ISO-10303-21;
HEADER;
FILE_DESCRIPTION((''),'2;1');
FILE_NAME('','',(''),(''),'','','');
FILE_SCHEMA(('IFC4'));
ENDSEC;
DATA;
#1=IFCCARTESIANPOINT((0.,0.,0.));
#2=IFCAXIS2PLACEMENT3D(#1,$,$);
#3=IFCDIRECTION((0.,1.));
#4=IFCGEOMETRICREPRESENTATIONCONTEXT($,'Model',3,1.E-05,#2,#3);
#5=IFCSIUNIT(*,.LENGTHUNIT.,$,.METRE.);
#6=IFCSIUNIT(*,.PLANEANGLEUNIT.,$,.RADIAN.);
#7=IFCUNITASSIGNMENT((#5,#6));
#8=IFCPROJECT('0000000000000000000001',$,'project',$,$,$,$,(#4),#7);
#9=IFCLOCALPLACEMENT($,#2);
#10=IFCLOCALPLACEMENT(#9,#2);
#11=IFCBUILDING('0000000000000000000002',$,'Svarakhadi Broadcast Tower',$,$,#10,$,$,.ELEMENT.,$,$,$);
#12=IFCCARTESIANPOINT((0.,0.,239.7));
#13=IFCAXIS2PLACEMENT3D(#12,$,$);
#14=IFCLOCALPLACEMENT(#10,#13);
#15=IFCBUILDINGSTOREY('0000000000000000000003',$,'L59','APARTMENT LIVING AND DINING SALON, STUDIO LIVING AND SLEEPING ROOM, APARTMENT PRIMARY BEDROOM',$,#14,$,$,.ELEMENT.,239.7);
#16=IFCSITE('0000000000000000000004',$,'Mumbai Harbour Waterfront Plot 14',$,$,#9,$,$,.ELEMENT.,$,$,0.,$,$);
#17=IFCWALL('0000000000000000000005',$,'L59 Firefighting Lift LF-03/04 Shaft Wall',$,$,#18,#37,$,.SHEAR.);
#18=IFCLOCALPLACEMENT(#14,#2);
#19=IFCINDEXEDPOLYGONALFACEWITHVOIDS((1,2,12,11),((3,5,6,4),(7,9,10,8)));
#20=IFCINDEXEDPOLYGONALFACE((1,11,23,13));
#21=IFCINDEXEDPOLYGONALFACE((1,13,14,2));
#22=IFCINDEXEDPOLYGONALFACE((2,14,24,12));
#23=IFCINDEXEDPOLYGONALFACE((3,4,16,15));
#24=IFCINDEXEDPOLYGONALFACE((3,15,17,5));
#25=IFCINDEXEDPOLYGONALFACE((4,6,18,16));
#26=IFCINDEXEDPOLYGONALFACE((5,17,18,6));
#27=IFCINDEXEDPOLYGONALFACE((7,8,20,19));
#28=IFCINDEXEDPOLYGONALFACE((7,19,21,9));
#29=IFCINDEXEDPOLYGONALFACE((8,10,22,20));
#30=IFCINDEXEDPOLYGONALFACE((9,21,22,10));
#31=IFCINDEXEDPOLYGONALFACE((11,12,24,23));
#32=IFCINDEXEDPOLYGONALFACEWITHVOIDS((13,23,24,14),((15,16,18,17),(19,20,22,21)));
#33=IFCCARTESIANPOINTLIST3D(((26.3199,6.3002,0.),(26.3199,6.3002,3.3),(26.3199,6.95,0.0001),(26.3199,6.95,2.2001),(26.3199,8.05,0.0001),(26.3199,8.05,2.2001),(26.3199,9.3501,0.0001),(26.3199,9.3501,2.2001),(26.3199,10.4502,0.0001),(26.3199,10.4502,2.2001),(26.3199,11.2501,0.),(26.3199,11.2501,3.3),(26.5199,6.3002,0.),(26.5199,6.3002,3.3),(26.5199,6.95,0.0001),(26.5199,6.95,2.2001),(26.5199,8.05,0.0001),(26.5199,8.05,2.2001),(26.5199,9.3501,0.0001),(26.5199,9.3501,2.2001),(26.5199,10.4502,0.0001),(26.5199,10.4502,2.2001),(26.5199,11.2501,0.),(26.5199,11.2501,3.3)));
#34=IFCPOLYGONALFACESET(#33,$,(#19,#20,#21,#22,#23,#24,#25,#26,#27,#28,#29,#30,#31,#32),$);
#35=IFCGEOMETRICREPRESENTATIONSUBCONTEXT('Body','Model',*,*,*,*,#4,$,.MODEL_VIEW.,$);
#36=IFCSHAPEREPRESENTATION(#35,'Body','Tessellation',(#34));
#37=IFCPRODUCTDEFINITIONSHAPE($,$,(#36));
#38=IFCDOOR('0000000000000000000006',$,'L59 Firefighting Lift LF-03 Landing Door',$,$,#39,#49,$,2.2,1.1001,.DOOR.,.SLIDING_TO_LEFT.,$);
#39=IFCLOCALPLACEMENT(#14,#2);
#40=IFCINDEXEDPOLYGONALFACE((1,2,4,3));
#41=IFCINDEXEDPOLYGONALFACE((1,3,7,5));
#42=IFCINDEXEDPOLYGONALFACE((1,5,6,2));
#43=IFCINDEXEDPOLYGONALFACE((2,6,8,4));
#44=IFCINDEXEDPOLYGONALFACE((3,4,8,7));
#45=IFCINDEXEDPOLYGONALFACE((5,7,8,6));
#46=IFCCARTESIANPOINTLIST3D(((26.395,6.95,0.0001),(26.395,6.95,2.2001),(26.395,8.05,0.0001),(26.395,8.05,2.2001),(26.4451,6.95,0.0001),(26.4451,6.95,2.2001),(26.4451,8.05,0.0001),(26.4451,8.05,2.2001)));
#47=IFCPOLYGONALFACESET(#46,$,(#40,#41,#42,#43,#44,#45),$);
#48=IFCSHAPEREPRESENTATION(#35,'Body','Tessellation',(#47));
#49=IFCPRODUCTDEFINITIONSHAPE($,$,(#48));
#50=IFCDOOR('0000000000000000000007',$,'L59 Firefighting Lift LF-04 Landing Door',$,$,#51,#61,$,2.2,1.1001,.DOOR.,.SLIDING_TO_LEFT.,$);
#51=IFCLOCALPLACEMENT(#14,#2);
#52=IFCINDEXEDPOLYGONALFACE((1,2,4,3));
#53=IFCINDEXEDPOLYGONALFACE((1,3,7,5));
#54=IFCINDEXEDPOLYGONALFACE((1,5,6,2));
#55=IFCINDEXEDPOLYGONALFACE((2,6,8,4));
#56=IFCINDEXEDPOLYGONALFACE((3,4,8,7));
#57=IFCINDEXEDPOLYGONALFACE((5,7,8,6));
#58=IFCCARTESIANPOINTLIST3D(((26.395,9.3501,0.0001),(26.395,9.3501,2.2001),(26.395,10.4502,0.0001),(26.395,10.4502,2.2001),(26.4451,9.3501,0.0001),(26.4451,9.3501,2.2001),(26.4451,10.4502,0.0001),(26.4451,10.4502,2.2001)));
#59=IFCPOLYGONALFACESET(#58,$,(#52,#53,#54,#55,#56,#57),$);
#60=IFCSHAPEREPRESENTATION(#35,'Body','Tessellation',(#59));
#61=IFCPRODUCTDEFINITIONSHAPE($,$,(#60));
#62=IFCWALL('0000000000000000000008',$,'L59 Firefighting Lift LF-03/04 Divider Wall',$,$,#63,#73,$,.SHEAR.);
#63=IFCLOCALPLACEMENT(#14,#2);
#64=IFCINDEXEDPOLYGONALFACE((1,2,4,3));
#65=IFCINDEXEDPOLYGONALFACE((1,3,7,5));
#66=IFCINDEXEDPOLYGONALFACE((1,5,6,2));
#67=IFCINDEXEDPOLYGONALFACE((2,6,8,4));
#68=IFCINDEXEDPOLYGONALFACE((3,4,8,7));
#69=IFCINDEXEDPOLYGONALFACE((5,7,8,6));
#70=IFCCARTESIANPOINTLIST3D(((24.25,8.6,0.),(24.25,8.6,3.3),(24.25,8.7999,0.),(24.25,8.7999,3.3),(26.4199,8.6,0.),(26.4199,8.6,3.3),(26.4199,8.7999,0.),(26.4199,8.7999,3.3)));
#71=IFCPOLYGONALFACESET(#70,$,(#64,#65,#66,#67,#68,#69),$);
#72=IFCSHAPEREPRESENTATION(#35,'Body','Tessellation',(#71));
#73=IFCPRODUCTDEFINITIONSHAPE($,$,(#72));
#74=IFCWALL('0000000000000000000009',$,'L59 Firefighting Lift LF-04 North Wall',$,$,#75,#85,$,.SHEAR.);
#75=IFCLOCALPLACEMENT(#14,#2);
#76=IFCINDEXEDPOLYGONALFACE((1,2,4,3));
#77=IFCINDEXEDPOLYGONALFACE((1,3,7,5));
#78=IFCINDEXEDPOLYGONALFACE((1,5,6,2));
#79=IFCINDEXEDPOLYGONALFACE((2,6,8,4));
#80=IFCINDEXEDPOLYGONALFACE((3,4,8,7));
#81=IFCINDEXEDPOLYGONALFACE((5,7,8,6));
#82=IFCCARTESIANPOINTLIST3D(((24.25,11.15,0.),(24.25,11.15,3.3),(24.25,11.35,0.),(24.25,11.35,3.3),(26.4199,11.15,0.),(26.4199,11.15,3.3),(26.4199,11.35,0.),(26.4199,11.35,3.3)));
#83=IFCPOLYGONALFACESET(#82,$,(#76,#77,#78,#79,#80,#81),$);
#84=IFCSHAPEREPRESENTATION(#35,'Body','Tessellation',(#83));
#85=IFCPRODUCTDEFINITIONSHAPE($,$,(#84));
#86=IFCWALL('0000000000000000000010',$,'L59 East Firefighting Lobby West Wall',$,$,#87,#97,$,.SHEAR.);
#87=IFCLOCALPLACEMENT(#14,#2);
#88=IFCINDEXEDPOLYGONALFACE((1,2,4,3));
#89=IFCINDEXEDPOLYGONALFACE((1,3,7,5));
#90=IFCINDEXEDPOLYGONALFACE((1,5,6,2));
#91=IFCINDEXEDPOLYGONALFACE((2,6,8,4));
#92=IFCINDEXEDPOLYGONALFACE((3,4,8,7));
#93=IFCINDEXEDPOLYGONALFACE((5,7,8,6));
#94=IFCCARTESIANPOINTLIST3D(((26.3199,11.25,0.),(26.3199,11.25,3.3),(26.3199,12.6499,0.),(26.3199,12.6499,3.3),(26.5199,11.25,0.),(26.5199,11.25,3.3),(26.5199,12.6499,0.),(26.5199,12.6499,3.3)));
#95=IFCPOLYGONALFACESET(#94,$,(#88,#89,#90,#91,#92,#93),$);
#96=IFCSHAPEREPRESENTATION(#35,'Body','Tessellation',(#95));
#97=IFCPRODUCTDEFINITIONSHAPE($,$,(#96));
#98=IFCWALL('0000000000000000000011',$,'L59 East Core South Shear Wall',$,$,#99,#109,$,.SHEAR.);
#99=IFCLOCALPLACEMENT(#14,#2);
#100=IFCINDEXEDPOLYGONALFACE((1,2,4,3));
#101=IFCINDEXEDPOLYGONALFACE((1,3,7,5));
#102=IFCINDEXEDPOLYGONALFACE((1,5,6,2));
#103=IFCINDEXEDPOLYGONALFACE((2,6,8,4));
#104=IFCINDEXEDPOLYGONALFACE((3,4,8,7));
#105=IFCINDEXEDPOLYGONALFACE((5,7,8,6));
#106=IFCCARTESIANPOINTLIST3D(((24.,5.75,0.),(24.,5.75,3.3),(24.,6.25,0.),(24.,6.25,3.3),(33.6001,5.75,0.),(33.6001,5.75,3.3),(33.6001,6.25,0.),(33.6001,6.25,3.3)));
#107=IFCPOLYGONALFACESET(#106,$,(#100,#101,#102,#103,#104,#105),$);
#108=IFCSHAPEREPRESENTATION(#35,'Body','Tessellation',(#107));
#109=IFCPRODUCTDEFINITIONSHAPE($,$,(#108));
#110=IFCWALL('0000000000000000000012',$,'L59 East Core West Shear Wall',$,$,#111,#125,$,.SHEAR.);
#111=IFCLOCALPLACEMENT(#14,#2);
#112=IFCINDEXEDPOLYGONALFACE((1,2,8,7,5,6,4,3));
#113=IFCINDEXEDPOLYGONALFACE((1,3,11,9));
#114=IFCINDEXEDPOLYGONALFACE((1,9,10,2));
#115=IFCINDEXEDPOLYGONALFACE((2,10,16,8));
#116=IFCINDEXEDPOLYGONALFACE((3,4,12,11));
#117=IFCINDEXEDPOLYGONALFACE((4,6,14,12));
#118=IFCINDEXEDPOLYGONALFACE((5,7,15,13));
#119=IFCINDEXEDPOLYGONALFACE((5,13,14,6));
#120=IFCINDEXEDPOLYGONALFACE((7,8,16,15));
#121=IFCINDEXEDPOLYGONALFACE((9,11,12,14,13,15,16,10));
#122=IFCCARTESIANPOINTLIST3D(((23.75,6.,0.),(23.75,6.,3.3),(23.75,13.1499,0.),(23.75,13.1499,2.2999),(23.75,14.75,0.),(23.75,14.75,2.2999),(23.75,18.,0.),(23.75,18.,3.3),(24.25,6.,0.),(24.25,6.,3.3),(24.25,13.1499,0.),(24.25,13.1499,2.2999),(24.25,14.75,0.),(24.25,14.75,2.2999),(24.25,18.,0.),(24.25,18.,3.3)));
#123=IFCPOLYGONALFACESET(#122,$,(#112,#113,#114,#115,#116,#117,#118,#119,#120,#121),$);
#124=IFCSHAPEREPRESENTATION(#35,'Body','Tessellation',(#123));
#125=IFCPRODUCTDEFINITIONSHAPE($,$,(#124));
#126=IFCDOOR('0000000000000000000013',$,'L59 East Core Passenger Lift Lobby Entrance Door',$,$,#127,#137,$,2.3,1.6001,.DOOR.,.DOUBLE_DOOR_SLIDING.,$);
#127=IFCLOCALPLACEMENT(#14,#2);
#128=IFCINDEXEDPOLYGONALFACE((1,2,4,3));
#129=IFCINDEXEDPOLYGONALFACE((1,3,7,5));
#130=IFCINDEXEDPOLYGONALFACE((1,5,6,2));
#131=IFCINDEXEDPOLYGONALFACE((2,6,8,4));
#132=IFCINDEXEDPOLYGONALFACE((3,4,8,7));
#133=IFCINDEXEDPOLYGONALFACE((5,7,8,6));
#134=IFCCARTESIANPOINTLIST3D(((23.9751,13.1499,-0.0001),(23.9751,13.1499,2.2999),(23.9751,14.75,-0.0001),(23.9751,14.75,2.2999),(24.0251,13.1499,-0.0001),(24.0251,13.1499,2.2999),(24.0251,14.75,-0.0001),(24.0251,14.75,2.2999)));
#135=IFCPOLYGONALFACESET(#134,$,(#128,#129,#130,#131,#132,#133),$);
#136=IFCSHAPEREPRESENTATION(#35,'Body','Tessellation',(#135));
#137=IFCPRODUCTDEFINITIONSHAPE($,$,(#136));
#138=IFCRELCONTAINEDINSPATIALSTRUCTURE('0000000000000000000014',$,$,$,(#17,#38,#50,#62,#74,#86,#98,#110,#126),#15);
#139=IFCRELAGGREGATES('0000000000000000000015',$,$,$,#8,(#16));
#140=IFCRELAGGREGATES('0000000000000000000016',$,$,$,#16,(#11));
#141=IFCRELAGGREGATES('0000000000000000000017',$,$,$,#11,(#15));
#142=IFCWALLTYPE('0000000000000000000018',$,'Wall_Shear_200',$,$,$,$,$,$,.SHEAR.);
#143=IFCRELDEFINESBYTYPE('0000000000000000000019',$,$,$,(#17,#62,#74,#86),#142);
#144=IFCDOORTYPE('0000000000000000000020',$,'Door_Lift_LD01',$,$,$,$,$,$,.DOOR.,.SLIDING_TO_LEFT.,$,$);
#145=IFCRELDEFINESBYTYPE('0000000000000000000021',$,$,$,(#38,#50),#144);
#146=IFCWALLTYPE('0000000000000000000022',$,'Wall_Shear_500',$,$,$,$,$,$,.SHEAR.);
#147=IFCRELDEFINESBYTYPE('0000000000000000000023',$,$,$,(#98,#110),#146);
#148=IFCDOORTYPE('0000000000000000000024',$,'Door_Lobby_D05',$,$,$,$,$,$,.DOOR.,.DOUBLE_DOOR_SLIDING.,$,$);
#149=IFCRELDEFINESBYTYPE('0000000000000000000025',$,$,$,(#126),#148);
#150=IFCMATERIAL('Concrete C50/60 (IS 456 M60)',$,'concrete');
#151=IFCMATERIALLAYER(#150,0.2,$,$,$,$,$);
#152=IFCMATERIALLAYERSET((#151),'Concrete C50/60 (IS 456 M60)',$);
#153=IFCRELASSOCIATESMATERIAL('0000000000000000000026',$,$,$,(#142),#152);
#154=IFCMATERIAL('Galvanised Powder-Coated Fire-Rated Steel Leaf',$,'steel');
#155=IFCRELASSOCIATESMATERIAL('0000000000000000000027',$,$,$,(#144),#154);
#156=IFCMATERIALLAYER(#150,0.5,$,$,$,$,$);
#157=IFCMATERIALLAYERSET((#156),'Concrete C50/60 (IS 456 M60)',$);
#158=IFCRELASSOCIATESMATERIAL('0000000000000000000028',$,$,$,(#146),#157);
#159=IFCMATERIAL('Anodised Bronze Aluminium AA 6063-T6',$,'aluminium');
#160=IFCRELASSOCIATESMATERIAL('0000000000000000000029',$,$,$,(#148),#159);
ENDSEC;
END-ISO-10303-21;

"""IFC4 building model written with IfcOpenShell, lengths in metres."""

from ifc_helpers import new_model, si_unit, direction, frame, frame_2d, origin, place, context, subcontext, project, spatial, rectangle, extrude, material, layer, layer_set, type_object, element, fill, save


model = new_model("IFC4")

# Units and contexts
model_context = context("Model", 3, precision=1e-05, world=origin(), true_north=direction((0.0, 1.0)))
body_context = subcontext(model_context, "Body", "Model", "MODEL_VIEW")
ifc_project = project(units=[si_unit("LENGTHUNIT", "METRE"), si_unit("PLANEANGLEUNIT", "RADIAN")], contexts=[model_context])

# Site, building, storey
site_placement = place(None, origin())
site = spatial("IfcSite", under=ifc_project, at=site_placement, Name="Mumbai Harbour Waterfront Plot 14", CompositionType="ELEMENT", RefElevation=0.0)
building_placement = place(site_placement, origin())
building = spatial("IfcBuilding", under=site, at=building_placement, Name="Svarakhadi Broadcast Tower", CompositionType="ELEMENT")
storey_placement = place(building_placement, frame((0.0, 0.0, 239.7)))
storey = spatial("IfcBuildingStorey", under=building, at=storey_placement, Name="L59", Description="APARTMENT LIVING AND DINING SALON, STUDIO LIVING AND SLEEPING ROOM, APARTMENT PRIMARY BEDROOM", CompositionType="ELEMENT", Elevation=239.7)

# Shared definitions
ifc_material_1 = material(Name="Concrete C50/60 (IS 456 M60)", Category="concrete")

# Shared definitions
ifc_material_2 = material(Name="Anodised Bronze Aluminium AA 6063-T6", Category="aluminium")

# Wall, openings, doors
ifc_layer_1 = layer(ifc_material_1, 0.2)
ifc_layer_set_1 = layer_set([ifc_layer_1], Name="Concrete C50/60 (IS 456 M60)")
wall_type_1 = type_object("IfcWallType", Name="Wall_Shear_200", PredefinedType="SHEAR", material=ifc_layer_set_1)
wall_1_placement = place(storey_placement, frame((26.4199, 6.3, 0.0), z_axis=(0.0, 0.0, 1.0), x_axis=(0.0, 1.0, 0.0)))
wall_1 = element("IfcWall", 1, at=wall_1_placement, inside=storey, type_object=wall_type_1, Name="L59 Firefighting Lift LF-03/04 Shaft Wall", PredefinedType="SHEAR", context=body_context, shape_type="SweptSolid", body=[
    extrude(rectangle(XDim=4.95, YDim=0.2, at=frame_2d((2.4751, 0.0))), origin(), (0.0, 0.0, 1.0), 3.3),
])
opening_1_placement = place(wall_1_placement, frame((0.6499, 0.0, 0.0)))
opening_1 = element("IfcOpeningElement", 2, at=opening_1_placement, cuts=wall_1, PredefinedType="OPENING", context=body_context, shape_type="SweptSolid", body=[
    extrude(rectangle(XDim=1.1001, YDim=2.2, at=frame_2d((0.55, 1.1001))), frame((0.0, 0.1099, 0.0), z_axis=(0.0, -1.0, 0.0), x_axis=(1.0, 0.0, 0.0)), (0.0, 0.0, 1.0), 0.22),
])
opening_2_placement = place(wall_1_placement, frame((3.05, 0.0, 0.0)))
opening_2 = element("IfcOpeningElement", 3, at=opening_2_placement, cuts=wall_1, PredefinedType="OPENING", context=body_context, shape_type="SweptSolid", body=[
    extrude(rectangle(XDim=1.1001, YDim=2.2, at=frame_2d((0.55, 1.1001))), frame((0.0, 0.1099, 0.0), z_axis=(0.0, -1.0, 0.0), x_axis=(1.0, 0.0, 0.0)), (0.0, 0.0, 1.0), 0.22),
])
ifc_material_3 = material(Name="Galvanised Powder-Coated Fire-Rated Steel Leaf", Category="steel")
door_type_1 = type_object("IfcDoorType", Name="Door_Lift_LD01", OperationType="SLIDING_TO_LEFT", PredefinedType="DOOR", material=ifc_material_3)
door_1_placement = place(opening_1_placement, origin())
door_1 = element("IfcDoor", 4, at=door_1_placement, inside=storey, type_object=door_type_1, Name="L59 Firefighting Lift LF-03 Landing Door", OperationType="SLIDING_TO_LEFT", OverallHeight=2.2, OverallWidth=1.1001, PredefinedType="DOOR", context=body_context, shape_type="SweptSolid", body=[
    extrude(rectangle(XDim=1.1001, YDim=2.2, at=frame_2d((0.55, 1.1001))), frame((0.0, 0.0249, 0.0), z_axis=(0.0, -1.0, 0.0), x_axis=(1.0, 0.0, 0.0)), (0.0, 0.0, 1.0), 0.05),
])
fill(opening_1, door_1)
door_2_placement = place(opening_2_placement, origin())
door_2 = element("IfcDoor", 5, at=door_2_placement, inside=storey, type_object=door_type_1, Name="L59 Firefighting Lift LF-04 Landing Door", OperationType="SLIDING_TO_LEFT", OverallHeight=2.2, OverallWidth=1.1001, PredefinedType="DOOR", context=body_context, shape_type="SweptSolid", body=[
    extrude(rectangle(XDim=1.1001, YDim=2.2, at=frame_2d((0.55, 1.1001))), frame((0.0, 0.0249, 0.0), z_axis=(0.0, -1.0, 0.0), x_axis=(1.0, 0.0, 0.0)), (0.0, 0.0, 1.0), 0.05),
])
fill(opening_2, door_2)

# Walls
for number, where, z_axis, x_axis, name in (
    (6, (24.25, 8.7, 0.0), (0.0, 0.0, 1.0), (1.0, 0.0, 0.0), "L59 Firefighting Lift LF-03/04 Divider Wall"),
    (7, (24.25, 11.25, 0.0), (0.0, 0.0, 1.0), (1.0, 0.0, 0.0), "L59 Firefighting Lift LF-04 North Wall"),
):
    element("IfcWall", number, at=place(storey_placement, frame(where, z_axis=z_axis, x_axis=x_axis)), inside=storey, type_object=wall_type_1, Name=name, PredefinedType="SHEAR", context=body_context, shape_type="SweptSolid", body=[
        extrude(rectangle(XDim=2.1699, YDim=0.2, at=frame_2d((1.085, 0.0))), origin(), (0.0, 0.0, 1.0), 3.3),
    ])
wall_2_placement = place(storey_placement, frame((26.4199, 11.25, 0.0), z_axis=(0.0, 0.0, 1.0), x_axis=(0.0, 1.0, 0.0)))
element("IfcWall", 8, at=wall_2_placement, inside=storey, type_object=wall_type_1, Name="L59 East Firefighting Lobby West Wall", PredefinedType="SHEAR", context=body_context, shape_type="SweptSolid", body=[
    extrude(rectangle(XDim=1.3999, YDim=0.2, at=frame_2d((0.7, 0.0))), origin(), (0.0, 0.0, 1.0), 3.3),
])
ifc_layer_2 = layer(ifc_material_1, 0.5)
ifc_layer_set_2 = layer_set([ifc_layer_2], Name="Concrete C50/60 (IS 456 M60)")
wall_type_2 = type_object("IfcWallType", Name="Wall_Shear_500", PredefinedType="SHEAR", material=ifc_layer_set_2)
wall_3_placement = place(storey_placement, frame((24.0, 6.0, 0.0), z_axis=(0.0, 0.0, 1.0), x_axis=(1.0, 0.0, 0.0)))
element("IfcWall", 9, at=wall_3_placement, inside=storey, type_object=wall_type_2, Name="L59 East Core South Shear Wall", PredefinedType="SHEAR", context=body_context, shape_type="SweptSolid", body=[
    extrude(rectangle(XDim=9.6001, YDim=0.5, at=frame_2d((4.8, 0.0))), origin(), (0.0, 0.0, 1.0), 3.3),
])

# Wall, opening, door
wall_4_placement = place(storey_placement, frame((24.0, 6.0, 0.0), z_axis=(0.0, 0.0, 1.0), x_axis=(0.0, 1.0, 0.0)))
wall_4 = element("IfcWall", 10, at=wall_4_placement, inside=storey, type_object=wall_type_2, Name="L59 East Core West Shear Wall", PredefinedType="SHEAR", context=body_context, shape_type="SweptSolid", body=[
    extrude(rectangle(XDim=12.0, YDim=0.5, at=frame_2d((6.0, 0.0))), origin(), (0.0, 0.0, 1.0), 3.3),
])
opening_3_placement = place(wall_4_placement, frame((7.1499, 0.0, 0.0)))
opening_3 = element("IfcOpeningElement", 11, at=opening_3_placement, cuts=wall_4, PredefinedType="OPENING", context=body_context, shape_type="SweptSolid", body=[
    extrude(rectangle(XDim=1.6001, YDim=2.3, at=frame_2d((0.8, 1.1499))), frame((0.0, 0.26, 0.0), z_axis=(0.0, -1.0, 0.0), x_axis=(1.0, 0.0, 0.0)), (0.0, 0.0, 1.0), 0.52),
])
door_type_2 = type_object("IfcDoorType", Name="Door_Lobby_D05", OperationType="DOUBLE_DOOR_SLIDING", PredefinedType="DOOR", material=ifc_material_2)
door_3_placement = place(opening_3_placement, origin())
door_3 = element("IfcDoor", 12, at=door_3_placement, inside=storey, type_object=door_type_2, Name="L59 East Core Passenger Lift Lobby Entrance Door", OperationType="DOUBLE_DOOR_SLIDING", OverallHeight=2.3, OverallWidth=1.6001, PredefinedType="DOOR", context=body_context, shape_type="SweptSolid", body=[
    extrude(rectangle(XDim=1.6001, YDim=2.3, at=frame_2d((0.8, 1.1499))), frame((0.0, 0.0249, 0.0), z_axis=(0.0, -1.0, 0.0), x_axis=(1.0, 0.0, 0.0)), (0.0, 0.0, 1.0), 0.05),
])
fill(opening_3, door_3)

save(model, "model.ifc")
